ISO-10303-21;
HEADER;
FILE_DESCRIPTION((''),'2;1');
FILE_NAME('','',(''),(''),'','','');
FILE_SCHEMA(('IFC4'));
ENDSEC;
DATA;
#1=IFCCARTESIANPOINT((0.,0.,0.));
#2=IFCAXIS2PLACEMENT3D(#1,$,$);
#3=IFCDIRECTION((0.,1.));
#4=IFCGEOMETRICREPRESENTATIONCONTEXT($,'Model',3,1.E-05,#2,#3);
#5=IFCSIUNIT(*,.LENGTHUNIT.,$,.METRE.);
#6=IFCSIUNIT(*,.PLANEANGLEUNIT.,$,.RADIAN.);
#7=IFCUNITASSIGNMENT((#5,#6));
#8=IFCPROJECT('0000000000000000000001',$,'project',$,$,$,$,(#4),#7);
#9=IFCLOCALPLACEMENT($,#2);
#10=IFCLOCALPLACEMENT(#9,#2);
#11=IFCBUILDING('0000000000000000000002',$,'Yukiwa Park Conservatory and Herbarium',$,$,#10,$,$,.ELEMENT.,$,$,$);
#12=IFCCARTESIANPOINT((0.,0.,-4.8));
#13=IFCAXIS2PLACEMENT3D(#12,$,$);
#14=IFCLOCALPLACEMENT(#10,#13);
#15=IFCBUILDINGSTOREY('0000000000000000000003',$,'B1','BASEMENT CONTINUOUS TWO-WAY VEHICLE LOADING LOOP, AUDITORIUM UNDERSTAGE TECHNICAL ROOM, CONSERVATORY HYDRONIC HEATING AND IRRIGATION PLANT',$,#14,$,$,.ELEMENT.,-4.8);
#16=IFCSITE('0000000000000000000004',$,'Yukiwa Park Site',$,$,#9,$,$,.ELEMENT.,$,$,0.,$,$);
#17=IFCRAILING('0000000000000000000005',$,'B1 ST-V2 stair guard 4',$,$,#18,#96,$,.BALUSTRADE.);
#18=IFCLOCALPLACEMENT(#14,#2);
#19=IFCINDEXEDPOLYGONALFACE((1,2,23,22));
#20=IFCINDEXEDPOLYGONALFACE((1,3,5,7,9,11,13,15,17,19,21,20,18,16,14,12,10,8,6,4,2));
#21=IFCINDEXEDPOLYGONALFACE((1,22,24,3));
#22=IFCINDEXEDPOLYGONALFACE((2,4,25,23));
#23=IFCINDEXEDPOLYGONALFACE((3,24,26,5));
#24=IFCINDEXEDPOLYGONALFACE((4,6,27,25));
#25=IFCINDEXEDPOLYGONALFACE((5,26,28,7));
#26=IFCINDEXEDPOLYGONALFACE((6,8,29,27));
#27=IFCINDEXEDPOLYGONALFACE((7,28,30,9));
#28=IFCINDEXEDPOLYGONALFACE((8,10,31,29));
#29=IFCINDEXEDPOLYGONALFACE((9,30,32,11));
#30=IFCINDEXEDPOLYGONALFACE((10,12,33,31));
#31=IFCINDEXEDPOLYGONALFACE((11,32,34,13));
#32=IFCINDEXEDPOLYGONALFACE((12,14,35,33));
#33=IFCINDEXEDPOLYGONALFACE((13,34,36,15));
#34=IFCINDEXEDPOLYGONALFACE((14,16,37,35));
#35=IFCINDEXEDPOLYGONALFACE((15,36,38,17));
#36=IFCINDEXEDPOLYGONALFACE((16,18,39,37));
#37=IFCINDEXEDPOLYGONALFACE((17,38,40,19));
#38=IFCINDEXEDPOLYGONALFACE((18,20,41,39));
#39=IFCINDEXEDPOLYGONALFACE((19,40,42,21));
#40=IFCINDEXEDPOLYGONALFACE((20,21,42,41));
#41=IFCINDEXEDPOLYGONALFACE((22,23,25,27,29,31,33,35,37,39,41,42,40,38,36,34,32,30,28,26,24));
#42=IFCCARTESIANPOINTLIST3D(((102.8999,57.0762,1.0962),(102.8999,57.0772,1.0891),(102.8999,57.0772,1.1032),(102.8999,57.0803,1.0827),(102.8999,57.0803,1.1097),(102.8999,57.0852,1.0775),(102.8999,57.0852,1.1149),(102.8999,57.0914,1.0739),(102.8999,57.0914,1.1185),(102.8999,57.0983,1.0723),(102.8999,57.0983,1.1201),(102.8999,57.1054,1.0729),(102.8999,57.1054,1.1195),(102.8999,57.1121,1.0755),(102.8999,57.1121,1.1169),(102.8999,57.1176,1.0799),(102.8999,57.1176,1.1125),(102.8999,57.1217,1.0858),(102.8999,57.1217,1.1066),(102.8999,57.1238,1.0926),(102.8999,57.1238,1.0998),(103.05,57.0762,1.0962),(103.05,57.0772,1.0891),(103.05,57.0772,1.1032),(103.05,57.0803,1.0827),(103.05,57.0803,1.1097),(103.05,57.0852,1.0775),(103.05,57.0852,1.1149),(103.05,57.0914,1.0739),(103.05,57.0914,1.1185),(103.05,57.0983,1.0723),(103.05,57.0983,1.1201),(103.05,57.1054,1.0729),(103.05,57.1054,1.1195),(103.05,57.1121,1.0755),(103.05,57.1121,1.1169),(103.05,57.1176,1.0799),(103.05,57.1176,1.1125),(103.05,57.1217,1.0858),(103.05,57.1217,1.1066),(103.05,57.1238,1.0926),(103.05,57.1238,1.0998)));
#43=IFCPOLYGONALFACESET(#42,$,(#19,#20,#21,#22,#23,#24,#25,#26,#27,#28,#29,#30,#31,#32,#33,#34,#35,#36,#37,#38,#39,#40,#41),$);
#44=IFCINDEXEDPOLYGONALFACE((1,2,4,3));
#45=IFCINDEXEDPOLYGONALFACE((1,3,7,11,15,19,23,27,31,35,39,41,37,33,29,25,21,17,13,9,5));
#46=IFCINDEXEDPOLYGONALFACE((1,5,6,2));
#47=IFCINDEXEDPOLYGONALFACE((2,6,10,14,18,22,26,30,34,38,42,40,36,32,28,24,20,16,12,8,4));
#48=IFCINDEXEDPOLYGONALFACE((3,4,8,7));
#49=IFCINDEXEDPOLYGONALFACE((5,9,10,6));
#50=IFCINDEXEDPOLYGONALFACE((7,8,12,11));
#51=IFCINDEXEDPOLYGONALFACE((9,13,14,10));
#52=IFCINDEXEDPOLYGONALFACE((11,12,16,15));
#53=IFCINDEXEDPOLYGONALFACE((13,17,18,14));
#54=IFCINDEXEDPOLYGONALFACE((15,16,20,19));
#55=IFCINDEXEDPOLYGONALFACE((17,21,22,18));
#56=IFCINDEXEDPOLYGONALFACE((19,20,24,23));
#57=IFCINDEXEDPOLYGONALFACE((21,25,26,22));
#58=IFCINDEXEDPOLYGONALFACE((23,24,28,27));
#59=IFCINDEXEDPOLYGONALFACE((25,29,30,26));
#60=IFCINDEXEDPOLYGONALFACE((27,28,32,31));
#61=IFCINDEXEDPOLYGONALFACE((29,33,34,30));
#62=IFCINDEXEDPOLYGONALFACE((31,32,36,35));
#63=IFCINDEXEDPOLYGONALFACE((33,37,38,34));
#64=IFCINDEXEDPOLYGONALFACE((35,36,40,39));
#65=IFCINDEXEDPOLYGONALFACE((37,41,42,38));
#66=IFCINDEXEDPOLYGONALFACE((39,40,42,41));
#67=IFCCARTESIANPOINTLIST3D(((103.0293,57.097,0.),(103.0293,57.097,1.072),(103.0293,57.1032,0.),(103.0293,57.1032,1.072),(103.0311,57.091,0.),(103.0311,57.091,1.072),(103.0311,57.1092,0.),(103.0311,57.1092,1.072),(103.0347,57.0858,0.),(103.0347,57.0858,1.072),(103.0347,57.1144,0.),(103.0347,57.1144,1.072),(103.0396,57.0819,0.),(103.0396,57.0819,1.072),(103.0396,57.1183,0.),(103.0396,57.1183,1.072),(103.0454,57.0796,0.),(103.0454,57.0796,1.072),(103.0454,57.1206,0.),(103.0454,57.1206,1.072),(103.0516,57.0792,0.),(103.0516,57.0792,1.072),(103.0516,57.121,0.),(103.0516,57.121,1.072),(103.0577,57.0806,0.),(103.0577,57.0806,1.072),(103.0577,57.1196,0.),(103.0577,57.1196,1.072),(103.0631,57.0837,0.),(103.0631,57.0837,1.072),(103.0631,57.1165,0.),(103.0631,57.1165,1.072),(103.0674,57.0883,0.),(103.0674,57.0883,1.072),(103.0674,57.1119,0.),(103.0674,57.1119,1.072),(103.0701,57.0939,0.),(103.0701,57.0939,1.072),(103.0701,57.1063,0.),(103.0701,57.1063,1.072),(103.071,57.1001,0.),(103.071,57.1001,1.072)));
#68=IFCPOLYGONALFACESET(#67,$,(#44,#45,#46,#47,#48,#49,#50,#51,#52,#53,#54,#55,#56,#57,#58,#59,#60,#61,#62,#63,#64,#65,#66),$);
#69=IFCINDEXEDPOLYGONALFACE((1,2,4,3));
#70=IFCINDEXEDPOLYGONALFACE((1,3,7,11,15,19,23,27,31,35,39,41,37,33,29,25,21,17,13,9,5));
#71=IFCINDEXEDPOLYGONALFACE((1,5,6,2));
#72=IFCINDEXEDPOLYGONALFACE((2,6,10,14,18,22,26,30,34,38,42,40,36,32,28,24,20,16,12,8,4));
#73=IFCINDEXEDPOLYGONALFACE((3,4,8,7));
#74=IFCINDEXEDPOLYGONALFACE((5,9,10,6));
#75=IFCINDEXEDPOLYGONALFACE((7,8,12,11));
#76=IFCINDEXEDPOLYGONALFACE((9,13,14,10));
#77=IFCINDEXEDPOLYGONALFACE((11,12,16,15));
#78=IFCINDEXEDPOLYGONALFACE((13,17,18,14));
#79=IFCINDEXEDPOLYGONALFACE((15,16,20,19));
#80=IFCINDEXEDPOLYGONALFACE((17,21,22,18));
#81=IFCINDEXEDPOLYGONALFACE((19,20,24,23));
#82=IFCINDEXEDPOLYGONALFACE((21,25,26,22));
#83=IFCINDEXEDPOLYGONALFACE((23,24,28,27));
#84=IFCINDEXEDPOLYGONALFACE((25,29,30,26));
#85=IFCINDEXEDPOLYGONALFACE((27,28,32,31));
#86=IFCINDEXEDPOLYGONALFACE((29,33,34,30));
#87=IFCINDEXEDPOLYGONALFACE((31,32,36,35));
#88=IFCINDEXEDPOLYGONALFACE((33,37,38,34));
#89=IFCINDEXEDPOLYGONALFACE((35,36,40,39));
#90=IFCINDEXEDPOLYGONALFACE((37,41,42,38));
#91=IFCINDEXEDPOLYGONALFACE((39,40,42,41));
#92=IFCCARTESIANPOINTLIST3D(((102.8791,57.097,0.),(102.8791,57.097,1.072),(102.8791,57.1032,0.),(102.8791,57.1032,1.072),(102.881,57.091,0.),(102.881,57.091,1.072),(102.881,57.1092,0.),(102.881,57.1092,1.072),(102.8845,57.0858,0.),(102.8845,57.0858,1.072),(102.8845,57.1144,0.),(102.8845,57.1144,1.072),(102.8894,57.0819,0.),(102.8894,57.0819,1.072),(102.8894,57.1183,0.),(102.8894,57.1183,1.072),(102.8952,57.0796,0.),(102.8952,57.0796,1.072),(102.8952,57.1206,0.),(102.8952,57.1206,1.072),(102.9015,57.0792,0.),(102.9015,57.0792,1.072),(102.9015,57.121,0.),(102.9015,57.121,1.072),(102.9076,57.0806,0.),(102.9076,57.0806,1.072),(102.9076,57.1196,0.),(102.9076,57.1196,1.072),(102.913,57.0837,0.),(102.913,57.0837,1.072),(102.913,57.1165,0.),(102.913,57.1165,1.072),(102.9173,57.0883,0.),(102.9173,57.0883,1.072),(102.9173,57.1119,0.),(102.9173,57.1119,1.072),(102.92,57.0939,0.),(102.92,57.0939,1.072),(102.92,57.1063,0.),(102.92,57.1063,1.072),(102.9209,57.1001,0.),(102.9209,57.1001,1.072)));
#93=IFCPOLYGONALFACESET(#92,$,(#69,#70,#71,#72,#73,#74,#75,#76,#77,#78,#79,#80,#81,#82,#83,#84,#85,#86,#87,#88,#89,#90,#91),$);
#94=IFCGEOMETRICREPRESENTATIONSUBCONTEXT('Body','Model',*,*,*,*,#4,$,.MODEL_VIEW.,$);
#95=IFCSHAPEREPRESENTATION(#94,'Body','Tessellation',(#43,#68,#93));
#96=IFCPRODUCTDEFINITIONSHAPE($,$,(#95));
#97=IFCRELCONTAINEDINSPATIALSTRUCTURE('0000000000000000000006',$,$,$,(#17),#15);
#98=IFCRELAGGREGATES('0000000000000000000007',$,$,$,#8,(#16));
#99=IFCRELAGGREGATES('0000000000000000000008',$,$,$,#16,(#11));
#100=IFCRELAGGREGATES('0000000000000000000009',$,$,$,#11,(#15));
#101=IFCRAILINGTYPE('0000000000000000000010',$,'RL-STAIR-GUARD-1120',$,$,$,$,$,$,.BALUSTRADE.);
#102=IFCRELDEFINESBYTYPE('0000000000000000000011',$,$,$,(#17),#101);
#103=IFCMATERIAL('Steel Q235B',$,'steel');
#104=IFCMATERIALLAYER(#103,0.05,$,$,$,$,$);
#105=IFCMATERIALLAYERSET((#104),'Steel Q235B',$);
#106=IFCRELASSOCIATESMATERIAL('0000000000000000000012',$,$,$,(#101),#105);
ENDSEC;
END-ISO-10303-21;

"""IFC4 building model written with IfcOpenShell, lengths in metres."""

from ifc_helpers import new_model, si_unit, direction, frame, origin, origin_2d, place, context, subcontext, project, spatial, circle, extrude, material, layer, layer_set, type_object, element, save


model = new_model("IFC4")

# Units and contexts
model_context = context("Model", 3, precision=1e-05, world=origin(), true_north=direction((0.0, 1.0)))
body_context = subcontext(model_context, "Body", "Model", "MODEL_VIEW")
ifc_project = project(units=[si_unit("LENGTHUNIT", "METRE"), si_unit("PLANEANGLEUNIT", "RADIAN")], contexts=[model_context])

# Site, building, storey
site_placement = place(None, origin())
site = spatial("IfcSite", under=ifc_project, at=site_placement, Name="Yukiwa Park Site", CompositionType="ELEMENT", RefElevation=0.0)
building_placement = place(site_placement, origin())
building = spatial("IfcBuilding", under=site, at=building_placement, Name="Yukiwa Park Conservatory and Herbarium", CompositionType="ELEMENT")
storey_placement = place(building_placement, frame((0.0, 0.0, -4.8)))
storey = spatial("IfcBuildingStorey", under=building, at=storey_placement, Name="B1", Description="BASEMENT CONTINUOUS TWO-WAY VEHICLE LOADING LOOP, AUDITORIUM UNDERSTAGE TECHNICAL ROOM, CONSERVATORY HYDRONIC HEATING AND IRRIGATION PLANT", CompositionType="ELEMENT", Elevation=-4.8)

# Railing
ifc_material_1 = material(Name="Steel Q235B", Category="steel")
ifc_layer_1 = layer(ifc_material_1, 0.05)
ifc_layer_set_1 = layer_set([ifc_layer_1], Name="Steel Q235B")
railing_type_1 = type_object("IfcRailingType", Name="RL-STAIR-GUARD-1120", PredefinedType="BALUSTRADE", material=ifc_layer_set_1)
railing_1_placement = place(storey_placement, frame((103.05, 57.1001, 0.0)))
element("IfcRailing", 1, at=railing_1_placement, inside=storey, type_object=railing_type_1, Name="B1 ST-V2 stair guard 4", PredefinedType="BALUSTRADE", context=body_context, shape_type="SweptSolid", body=[
    extrude(circle(Radius=0.0239, at=origin_2d()), frame((0.0, 0.0, 1.0962), z_axis=(-1.0, 0.0, 0.0), x_axis=(0.0, -1.0, 0.0)), (0.0, 0.0, 1.0), 0.1501),
    extrude(circle(Radius=0.021, at=origin_2d()), origin(), (0.0, 0.0, 1.0), 1.072),
    extrude(circle(Radius=0.021, at=origin_2d()), frame((-0.1501, 0.0, 0.0)), (0.0, 0.0, 1.0), 1.072),
])

save(model, "model.ifc")
